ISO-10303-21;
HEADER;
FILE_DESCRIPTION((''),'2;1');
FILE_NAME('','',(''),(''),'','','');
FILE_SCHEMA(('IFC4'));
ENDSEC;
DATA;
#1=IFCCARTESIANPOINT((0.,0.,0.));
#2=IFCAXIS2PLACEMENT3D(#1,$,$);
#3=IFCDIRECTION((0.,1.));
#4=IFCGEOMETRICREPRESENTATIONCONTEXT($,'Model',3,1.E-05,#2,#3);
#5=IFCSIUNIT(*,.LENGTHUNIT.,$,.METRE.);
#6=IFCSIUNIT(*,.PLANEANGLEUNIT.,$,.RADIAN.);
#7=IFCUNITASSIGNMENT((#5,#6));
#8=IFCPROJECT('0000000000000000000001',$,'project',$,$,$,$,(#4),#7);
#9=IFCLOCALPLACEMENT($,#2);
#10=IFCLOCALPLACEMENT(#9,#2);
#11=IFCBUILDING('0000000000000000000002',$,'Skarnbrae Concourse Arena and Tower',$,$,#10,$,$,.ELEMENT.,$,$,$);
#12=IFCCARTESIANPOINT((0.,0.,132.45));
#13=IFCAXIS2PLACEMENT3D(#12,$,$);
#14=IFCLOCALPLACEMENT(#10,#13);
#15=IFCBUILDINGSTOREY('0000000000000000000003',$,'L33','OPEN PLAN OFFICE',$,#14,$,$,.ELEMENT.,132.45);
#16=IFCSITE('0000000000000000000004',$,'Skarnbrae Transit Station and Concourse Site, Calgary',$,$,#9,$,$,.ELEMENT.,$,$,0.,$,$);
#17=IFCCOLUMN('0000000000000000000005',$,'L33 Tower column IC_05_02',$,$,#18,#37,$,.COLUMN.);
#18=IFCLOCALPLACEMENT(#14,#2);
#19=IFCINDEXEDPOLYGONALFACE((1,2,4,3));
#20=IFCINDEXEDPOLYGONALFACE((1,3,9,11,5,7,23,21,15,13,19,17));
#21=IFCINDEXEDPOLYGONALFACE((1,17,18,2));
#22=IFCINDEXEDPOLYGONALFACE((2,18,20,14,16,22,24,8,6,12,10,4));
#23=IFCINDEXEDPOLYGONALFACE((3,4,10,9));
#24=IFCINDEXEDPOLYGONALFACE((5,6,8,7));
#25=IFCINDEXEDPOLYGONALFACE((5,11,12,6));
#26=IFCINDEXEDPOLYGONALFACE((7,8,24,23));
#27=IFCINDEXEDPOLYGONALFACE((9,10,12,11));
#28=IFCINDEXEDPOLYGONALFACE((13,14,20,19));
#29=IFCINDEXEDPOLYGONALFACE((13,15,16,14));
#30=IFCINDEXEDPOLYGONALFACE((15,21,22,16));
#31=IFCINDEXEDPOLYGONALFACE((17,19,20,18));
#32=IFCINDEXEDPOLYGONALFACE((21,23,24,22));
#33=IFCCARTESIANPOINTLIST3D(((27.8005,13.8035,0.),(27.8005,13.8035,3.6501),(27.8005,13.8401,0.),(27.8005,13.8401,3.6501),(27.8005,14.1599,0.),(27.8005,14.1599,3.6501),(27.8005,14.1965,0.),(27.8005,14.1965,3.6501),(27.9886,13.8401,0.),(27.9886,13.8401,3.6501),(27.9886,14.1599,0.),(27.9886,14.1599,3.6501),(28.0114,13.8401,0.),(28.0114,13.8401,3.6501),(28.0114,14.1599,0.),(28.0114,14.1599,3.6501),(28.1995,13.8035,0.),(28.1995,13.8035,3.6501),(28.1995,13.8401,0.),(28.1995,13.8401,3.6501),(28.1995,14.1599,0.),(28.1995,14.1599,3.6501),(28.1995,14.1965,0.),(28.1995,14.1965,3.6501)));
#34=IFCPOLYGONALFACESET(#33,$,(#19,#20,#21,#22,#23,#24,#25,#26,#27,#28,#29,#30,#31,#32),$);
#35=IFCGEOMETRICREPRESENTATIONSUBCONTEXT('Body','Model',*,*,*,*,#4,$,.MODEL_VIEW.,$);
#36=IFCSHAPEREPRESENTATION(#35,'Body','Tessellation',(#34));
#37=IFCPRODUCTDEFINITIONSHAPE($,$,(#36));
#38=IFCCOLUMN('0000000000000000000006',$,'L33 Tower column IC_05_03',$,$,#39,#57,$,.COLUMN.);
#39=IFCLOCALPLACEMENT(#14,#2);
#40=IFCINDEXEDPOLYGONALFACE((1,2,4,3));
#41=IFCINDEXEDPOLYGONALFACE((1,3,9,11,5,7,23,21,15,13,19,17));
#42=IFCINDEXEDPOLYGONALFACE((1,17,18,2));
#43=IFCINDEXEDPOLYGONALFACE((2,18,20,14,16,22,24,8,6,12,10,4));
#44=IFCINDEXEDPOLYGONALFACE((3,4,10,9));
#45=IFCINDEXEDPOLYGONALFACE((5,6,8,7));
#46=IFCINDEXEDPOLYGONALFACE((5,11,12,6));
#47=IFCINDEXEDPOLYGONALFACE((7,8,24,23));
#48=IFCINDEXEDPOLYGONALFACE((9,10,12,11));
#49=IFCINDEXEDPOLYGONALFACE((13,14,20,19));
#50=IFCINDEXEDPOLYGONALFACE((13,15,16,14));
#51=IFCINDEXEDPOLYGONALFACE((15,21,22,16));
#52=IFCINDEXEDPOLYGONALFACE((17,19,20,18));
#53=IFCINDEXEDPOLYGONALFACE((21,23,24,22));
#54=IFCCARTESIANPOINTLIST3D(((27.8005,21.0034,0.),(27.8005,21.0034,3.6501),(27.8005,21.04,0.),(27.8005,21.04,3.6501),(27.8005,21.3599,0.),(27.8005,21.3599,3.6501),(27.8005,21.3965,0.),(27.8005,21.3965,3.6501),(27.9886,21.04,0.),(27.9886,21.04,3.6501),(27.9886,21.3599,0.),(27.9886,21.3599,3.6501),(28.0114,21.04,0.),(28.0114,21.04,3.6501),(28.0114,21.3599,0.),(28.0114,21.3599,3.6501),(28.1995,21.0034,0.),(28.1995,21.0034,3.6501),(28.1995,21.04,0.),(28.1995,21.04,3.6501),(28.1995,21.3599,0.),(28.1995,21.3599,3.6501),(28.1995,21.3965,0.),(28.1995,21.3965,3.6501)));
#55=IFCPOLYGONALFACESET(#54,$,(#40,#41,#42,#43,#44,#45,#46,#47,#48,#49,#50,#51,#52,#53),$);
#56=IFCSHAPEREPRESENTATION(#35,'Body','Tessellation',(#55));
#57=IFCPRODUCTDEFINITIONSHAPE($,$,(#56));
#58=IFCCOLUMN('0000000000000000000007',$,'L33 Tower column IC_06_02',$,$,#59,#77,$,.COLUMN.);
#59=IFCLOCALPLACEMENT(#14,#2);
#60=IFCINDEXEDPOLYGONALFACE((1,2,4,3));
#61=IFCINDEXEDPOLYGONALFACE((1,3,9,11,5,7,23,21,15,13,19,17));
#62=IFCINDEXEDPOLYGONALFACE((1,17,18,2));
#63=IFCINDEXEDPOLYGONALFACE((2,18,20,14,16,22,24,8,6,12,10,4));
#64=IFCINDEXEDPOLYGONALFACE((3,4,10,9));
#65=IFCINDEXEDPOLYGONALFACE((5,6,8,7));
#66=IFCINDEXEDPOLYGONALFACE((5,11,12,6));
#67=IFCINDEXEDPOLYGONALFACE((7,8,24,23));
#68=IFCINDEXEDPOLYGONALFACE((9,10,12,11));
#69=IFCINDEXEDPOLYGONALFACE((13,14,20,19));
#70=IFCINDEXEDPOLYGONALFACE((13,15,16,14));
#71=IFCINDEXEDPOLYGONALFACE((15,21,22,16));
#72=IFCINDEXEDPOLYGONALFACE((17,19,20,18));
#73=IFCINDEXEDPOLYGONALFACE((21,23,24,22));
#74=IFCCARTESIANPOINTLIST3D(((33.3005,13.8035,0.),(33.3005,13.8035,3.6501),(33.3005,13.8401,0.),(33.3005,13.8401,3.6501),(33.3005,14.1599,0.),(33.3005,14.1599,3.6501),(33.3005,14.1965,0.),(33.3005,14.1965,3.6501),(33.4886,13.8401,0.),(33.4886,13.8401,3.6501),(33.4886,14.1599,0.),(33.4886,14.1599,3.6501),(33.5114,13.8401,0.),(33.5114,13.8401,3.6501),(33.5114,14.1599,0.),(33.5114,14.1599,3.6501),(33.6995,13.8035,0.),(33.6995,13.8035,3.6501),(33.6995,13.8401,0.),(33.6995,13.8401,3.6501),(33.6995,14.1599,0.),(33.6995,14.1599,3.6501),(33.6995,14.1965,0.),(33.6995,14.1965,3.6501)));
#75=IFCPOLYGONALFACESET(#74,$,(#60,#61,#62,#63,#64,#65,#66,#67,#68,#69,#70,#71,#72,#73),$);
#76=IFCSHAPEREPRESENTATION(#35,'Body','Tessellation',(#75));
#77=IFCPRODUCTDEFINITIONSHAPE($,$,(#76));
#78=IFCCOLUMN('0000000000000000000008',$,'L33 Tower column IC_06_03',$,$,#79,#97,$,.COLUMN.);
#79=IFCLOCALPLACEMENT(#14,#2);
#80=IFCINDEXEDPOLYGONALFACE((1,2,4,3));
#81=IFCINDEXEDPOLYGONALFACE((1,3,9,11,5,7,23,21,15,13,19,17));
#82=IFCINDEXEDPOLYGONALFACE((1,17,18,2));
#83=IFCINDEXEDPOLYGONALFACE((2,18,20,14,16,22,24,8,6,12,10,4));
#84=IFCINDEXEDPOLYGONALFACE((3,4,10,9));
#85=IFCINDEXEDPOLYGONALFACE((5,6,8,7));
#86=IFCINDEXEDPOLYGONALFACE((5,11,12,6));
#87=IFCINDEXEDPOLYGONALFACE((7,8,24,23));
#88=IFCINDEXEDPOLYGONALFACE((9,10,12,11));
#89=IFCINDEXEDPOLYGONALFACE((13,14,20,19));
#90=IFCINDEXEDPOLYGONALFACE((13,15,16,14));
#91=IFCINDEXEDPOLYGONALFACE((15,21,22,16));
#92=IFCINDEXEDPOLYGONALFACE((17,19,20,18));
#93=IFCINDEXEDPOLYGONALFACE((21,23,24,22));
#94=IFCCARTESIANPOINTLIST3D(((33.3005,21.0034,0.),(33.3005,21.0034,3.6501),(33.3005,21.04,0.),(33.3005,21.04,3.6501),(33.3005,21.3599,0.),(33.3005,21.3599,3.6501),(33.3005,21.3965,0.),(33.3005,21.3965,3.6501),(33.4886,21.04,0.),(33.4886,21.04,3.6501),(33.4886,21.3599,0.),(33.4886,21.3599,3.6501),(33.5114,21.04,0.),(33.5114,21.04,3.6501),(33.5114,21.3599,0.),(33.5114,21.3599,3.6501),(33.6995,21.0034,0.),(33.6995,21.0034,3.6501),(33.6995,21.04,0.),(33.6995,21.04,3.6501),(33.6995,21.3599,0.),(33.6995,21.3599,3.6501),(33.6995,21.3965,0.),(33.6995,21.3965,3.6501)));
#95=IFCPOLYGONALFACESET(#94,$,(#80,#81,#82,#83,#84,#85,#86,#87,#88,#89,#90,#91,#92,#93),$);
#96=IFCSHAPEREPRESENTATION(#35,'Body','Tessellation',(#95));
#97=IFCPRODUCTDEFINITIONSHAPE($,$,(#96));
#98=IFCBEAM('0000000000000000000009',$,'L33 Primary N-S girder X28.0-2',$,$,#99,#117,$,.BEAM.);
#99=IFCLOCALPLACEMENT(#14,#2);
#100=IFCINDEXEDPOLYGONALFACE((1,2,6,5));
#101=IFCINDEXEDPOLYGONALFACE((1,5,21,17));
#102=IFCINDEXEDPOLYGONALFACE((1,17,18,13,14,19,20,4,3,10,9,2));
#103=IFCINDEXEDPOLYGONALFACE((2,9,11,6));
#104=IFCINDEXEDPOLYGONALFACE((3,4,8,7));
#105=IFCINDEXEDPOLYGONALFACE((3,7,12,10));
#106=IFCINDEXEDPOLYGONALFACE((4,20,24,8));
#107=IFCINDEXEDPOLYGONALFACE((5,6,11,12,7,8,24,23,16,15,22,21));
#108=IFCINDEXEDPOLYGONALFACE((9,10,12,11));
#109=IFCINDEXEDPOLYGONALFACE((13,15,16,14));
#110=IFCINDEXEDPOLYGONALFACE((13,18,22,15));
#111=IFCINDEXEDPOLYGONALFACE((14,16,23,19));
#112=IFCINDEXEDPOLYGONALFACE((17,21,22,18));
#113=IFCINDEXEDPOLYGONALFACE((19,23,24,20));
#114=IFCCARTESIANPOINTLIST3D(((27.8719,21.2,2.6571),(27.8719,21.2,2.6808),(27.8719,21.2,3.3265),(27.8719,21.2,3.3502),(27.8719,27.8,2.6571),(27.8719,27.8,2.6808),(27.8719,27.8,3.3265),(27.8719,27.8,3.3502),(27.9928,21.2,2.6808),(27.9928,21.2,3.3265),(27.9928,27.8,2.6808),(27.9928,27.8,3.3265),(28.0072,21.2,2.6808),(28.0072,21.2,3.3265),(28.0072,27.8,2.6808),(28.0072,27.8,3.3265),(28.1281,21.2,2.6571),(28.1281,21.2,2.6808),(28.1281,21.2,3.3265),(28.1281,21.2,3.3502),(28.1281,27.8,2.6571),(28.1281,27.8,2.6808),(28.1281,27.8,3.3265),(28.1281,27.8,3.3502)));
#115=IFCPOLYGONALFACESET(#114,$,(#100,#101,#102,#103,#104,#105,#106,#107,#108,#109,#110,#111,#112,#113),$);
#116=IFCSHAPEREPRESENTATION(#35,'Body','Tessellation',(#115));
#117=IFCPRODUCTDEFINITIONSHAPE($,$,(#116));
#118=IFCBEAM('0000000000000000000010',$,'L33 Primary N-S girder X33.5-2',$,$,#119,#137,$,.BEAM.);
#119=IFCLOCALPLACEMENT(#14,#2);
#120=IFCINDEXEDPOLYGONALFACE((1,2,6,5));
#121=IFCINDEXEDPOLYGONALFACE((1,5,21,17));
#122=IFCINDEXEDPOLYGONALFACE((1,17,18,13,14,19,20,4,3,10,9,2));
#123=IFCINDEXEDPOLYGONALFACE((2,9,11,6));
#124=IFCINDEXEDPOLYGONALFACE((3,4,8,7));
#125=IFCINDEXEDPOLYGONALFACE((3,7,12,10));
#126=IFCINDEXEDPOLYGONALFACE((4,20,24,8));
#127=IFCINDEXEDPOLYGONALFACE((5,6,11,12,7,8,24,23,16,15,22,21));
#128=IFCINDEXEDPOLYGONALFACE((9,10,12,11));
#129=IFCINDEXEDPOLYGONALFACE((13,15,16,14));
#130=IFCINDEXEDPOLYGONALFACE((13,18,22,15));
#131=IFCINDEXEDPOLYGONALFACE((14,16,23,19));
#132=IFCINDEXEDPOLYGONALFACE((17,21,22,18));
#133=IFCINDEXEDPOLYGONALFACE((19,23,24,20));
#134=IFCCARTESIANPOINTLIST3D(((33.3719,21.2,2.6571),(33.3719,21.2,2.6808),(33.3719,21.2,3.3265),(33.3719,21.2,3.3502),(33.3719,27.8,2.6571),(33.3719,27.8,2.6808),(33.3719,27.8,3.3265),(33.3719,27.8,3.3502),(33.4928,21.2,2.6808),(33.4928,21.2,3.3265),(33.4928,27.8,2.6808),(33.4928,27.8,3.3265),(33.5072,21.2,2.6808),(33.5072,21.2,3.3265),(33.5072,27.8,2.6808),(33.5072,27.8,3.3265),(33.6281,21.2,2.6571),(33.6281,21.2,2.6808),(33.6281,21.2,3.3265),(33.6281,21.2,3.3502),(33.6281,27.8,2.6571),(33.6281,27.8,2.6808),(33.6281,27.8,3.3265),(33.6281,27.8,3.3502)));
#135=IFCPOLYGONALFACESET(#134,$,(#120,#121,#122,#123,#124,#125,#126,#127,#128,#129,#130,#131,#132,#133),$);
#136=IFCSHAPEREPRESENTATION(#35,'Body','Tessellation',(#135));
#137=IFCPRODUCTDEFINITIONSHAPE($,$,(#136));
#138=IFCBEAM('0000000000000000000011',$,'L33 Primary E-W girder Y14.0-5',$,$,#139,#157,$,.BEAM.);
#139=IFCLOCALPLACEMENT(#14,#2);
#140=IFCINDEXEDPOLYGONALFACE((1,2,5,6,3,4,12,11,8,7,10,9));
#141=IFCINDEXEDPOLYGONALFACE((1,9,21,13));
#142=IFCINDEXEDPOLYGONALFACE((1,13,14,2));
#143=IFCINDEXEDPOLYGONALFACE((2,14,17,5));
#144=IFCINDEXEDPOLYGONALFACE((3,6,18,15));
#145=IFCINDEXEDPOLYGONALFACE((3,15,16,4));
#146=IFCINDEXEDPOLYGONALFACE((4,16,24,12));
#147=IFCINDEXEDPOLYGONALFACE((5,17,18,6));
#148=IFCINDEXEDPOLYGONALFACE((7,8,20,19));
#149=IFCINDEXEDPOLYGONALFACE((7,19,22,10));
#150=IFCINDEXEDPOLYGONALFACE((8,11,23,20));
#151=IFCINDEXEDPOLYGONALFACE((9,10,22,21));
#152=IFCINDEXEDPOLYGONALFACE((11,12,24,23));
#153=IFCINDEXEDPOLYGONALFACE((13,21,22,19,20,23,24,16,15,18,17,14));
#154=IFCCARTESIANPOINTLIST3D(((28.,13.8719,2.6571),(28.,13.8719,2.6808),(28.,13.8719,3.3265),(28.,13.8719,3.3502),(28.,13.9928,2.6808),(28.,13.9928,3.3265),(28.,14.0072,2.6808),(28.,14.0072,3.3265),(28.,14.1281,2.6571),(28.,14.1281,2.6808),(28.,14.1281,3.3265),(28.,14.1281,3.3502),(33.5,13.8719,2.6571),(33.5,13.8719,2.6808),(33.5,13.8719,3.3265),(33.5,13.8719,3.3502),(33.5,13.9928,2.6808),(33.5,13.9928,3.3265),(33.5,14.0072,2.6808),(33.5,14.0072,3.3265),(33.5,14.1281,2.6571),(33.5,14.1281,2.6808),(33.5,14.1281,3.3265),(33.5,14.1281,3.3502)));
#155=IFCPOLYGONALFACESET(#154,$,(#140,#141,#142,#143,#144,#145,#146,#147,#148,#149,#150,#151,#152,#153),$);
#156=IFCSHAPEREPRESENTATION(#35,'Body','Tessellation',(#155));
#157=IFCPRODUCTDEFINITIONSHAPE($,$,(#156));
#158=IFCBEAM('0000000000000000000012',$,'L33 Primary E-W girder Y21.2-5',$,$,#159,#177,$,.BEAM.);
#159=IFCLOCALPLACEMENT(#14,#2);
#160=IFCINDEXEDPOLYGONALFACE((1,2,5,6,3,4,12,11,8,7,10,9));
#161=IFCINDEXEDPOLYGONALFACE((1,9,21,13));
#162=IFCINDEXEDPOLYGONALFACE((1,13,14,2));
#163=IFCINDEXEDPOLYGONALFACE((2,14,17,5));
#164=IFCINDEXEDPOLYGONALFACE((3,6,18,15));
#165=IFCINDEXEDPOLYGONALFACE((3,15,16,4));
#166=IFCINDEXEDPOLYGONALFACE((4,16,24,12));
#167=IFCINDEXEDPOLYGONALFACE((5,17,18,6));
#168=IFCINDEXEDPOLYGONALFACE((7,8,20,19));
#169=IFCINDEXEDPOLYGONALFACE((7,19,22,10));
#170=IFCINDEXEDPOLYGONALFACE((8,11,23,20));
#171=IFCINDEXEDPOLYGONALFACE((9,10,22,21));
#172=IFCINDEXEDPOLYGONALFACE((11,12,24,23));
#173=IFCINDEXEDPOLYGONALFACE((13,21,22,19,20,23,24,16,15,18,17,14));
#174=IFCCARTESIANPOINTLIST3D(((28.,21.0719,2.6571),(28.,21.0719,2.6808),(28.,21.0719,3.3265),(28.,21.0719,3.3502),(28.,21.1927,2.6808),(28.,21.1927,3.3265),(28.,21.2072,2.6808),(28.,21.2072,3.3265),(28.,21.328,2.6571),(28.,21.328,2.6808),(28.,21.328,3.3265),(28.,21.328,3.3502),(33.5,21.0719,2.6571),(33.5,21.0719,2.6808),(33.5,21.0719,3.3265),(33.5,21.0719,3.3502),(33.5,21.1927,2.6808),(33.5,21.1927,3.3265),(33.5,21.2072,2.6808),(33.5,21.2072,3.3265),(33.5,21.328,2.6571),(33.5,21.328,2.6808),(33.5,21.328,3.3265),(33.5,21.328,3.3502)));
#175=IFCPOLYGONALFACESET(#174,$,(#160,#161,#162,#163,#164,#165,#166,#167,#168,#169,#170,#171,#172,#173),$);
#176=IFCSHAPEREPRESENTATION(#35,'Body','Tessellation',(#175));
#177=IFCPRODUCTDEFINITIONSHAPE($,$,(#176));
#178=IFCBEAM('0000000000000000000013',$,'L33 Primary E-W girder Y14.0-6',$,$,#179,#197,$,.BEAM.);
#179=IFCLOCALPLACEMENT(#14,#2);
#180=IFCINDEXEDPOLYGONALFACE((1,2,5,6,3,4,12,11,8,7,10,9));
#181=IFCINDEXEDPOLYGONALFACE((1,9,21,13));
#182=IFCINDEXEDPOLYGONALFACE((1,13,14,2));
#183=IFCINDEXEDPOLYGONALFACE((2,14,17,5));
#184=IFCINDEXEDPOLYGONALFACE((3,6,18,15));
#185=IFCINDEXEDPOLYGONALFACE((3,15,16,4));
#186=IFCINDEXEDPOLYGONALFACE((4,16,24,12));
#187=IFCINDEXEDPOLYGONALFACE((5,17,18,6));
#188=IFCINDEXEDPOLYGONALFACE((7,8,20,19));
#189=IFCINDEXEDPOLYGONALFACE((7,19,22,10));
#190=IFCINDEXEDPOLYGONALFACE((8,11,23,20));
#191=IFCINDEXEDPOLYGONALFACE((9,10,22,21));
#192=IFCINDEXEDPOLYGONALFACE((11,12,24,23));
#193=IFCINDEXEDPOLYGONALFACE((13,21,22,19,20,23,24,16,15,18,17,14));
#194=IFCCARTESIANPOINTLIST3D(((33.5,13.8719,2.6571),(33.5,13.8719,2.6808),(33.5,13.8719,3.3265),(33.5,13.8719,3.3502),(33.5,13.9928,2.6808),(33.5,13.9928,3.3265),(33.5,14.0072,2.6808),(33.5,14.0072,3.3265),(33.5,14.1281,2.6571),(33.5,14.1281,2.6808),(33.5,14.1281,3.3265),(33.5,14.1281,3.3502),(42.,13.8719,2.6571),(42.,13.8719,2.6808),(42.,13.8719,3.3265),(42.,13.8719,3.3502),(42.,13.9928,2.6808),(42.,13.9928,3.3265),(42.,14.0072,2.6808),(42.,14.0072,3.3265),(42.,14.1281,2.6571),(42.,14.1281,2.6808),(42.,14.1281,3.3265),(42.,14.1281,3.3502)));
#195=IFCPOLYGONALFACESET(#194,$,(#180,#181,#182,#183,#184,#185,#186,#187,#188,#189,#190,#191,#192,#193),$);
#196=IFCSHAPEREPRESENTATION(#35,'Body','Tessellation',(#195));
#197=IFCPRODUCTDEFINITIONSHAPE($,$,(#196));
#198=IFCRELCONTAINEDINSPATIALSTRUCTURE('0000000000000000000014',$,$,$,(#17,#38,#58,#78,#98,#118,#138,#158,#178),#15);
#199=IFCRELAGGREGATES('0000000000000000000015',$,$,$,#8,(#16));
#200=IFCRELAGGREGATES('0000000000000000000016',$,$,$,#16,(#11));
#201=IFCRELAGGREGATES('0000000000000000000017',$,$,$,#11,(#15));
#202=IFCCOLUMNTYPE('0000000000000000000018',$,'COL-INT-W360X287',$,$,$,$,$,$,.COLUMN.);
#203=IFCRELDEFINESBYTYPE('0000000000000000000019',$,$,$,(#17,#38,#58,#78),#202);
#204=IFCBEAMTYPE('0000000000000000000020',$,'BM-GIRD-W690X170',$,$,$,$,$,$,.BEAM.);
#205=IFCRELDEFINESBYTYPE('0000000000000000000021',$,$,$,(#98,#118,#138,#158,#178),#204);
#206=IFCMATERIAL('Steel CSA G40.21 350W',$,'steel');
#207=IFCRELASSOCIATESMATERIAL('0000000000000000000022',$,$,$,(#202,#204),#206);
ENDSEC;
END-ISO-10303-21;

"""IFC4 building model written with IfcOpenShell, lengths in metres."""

from ifc_helpers import new_model, si_unit, direction, frame, origin, origin_2d, place, context, subcontext, project, spatial, i_section, extrude, source, transform, mapped, material, material_profile, profile_set, type_object, element, save


model = new_model("IFC4")

# Units and contexts
model_context = context("Model", 3, precision=1e-05, world=origin(), true_north=direction((0.0, 1.0)))
body_context = subcontext(model_context, "Body", "Model", "MODEL_VIEW")
ifc_project = project(units=[si_unit("LENGTHUNIT", "METRE"), si_unit("PLANEANGLEUNIT", "RADIAN")], contexts=[model_context])

# Site, building, storey
site_placement = place(None, origin())
site = spatial("IfcSite", under=ifc_project, at=site_placement, Name="Skarnbrae Transit Station and Concourse Site, Calgary", CompositionType="ELEMENT", RefElevation=0.0)
building_placement = place(site_placement, origin())
building = spatial("IfcBuilding", under=site, at=building_placement, Name="Skarnbrae Concourse Arena and Tower", CompositionType="ELEMENT")
storey_placement = place(building_placement, frame((0.0, 0.0, 132.45)))
storey = spatial("IfcBuildingStorey", under=building, at=storey_placement, Name="L33", Description="OPEN PLAN OFFICE", CompositionType="ELEMENT", Elevation=132.45)

# Columns
ifc_material_1 = material(Name="Steel CSA G40.21 350W", Category="steel")
ifc_material_profile_1 = material_profile(ifc_material_1, i_section(OverallWidth=0.3989, OverallDepth=0.3931, WebThickness=0.0227, FlangeThickness=0.0366, at=origin_2d()), Name="W360X287")
ifc_profile_set_1 = profile_set([ifc_material_profile_1], Name="Steel CSA G40.21 350W")
column_type = type_object("IfcColumnType", Name="COL-INT-W360X287", PredefinedType="COLUMN", material=ifc_profile_set_1)
shared_shape_1 = source(origin(), body_context, "Body", "SweptSolid", [
    extrude(i_section(OverallWidth=0.3989, OverallDepth=0.3931, WebThickness=0.0227, FlangeThickness=0.0366, at=origin_2d()), origin(), (0.0, 0.0, 1.0), 3.6501),
])
for number, where, z_axis, x_axis, name in (
    (1, (28.0, 14.0, 0.0), (0.0, 0.0, 1.0), (1.0, 0.0, 0.0), "L33 Tower column IC_05_02"),
    (2, (28.0, 21.2, 0.0), (0.0, 0.0, 1.0), (1.0, 0.0, 0.0), "L33 Tower column IC_05_03"),
    (3, (33.5, 14.0, 0.0), (0.0, 0.0, 1.0), (1.0, 0.0, 0.0), "L33 Tower column IC_06_02"),
    (4, (33.5, 21.2, 0.0), (0.0, 0.0, 1.0), (1.0, 0.0, 0.0), "L33 Tower column IC_06_03"),
):
    element("IfcColumn", number, at=place(storey_placement, frame(where, z_axis=z_axis, x_axis=x_axis)), inside=storey, type_object=column_type, Name=name, PredefinedType="COLUMN", context=body_context, shape_type="MappedRepresentation", body=[
        mapped(shared_shape_1, transform((0.0, 0.0, 0.0))),
    ])

# Beams
ifc_material_profile_2 = material_profile(ifc_material_1, i_section(OverallWidth=0.2561, OverallDepth=0.6931, WebThickness=0.0144, FlangeThickness=0.0237, at=origin_2d()), Name="W690X170")
ifc_profile_set_2 = profile_set([ifc_material_profile_2], Name="Steel CSA G40.21 350W")
beam_type_1 = type_object("IfcBeamType", Name="BM-GIRD-W690X170", PredefinedType="BEAM", material=ifc_profile_set_2)
shared_shape_2 = source(origin(), body_context, "Body", "SweptSolid", [
    extrude(i_section(OverallWidth=0.2561, OverallDepth=0.6931, WebThickness=0.0144, FlangeThickness=0.0237, at=origin_2d()), origin(), (0.0, 0.0, 1.0), 6.6001),
])
for number, where, z_axis, x_axis, name in (
    (5, (28.0, 21.2, 3.0037), (0.0, 1.0, 0.0), (-1.0, 0.0, 0.0), "L33 Primary N-S girder X28.0-2"),
    (6, (33.5, 21.2, 3.0037), (0.0, 1.0, 0.0), (-1.0, 0.0, 0.0), "L33 Primary N-S girder X33.5-2"),
):
    element("IfcBeam", number, at=place(storey_placement, frame(where, z_axis=z_axis, x_axis=x_axis)), inside=storey, type_object=beam_type_1, Name=name, PredefinedType="BEAM", context=body_context, shape_type="MappedRepresentation", body=[
        mapped(shared_shape_2, transform((0.0, 0.0, 0.0))),
    ])
shared_shape_3 = source(origin(), body_context, "Body", "SweptSolid", [
    extrude(i_section(OverallWidth=0.2561, OverallDepth=0.6931, WebThickness=0.0144, FlangeThickness=0.0237, at=origin_2d()), origin(), (0.0, 0.0, 1.0), 5.5),
])
for number, where, z_axis, x_axis, name in (
    (7, (28.0, 14.0, 3.0037), (1.0, 0.0, 0.0), (0.0, 1.0, 0.0), "L33 Primary E-W girder Y14.0-5"),
    (8, (28.0, 21.2, 3.0037), (1.0, 0.0, 0.0), (0.0, 1.0, 0.0), "L33 Primary E-W girder Y21.2-5"),
):
    element("IfcBeam", number, at=place(storey_placement, frame(where, z_axis=z_axis, x_axis=x_axis)), inside=storey, type_object=beam_type_1, Name=name, PredefinedType="BEAM", context=body_context, shape_type="MappedRepresentation", body=[
        mapped(shared_shape_3, transform((0.0, 0.0, 0.0))),
    ])
shared_shape_4 = source(origin(), body_context, "Body", "SweptSolid", [
    extrude(i_section(OverallWidth=0.2561, OverallDepth=0.6931, WebThickness=0.0144, FlangeThickness=0.0237, at=origin_2d()), origin(), (0.0, 0.0, 1.0), 8.5),
])
for number, where, z_axis, x_axis, name in (
    (9, (33.5, 14.0, 3.0037), (1.0, 0.0, 0.0), (0.0, 1.0, 0.0), "L33 Primary E-W girder Y14.0-6"),
):
    element("IfcBeam", number, at=place(storey_placement, frame(where, z_axis=z_axis, x_axis=x_axis)), inside=storey, type_object=beam_type_1, Name=name, PredefinedType="BEAM", context=body_context, shape_type="MappedRepresentation", body=[
        mapped(shared_shape_4, transform((0.0, 0.0, 0.0))),
    ])

save(model, "model.ifc")
